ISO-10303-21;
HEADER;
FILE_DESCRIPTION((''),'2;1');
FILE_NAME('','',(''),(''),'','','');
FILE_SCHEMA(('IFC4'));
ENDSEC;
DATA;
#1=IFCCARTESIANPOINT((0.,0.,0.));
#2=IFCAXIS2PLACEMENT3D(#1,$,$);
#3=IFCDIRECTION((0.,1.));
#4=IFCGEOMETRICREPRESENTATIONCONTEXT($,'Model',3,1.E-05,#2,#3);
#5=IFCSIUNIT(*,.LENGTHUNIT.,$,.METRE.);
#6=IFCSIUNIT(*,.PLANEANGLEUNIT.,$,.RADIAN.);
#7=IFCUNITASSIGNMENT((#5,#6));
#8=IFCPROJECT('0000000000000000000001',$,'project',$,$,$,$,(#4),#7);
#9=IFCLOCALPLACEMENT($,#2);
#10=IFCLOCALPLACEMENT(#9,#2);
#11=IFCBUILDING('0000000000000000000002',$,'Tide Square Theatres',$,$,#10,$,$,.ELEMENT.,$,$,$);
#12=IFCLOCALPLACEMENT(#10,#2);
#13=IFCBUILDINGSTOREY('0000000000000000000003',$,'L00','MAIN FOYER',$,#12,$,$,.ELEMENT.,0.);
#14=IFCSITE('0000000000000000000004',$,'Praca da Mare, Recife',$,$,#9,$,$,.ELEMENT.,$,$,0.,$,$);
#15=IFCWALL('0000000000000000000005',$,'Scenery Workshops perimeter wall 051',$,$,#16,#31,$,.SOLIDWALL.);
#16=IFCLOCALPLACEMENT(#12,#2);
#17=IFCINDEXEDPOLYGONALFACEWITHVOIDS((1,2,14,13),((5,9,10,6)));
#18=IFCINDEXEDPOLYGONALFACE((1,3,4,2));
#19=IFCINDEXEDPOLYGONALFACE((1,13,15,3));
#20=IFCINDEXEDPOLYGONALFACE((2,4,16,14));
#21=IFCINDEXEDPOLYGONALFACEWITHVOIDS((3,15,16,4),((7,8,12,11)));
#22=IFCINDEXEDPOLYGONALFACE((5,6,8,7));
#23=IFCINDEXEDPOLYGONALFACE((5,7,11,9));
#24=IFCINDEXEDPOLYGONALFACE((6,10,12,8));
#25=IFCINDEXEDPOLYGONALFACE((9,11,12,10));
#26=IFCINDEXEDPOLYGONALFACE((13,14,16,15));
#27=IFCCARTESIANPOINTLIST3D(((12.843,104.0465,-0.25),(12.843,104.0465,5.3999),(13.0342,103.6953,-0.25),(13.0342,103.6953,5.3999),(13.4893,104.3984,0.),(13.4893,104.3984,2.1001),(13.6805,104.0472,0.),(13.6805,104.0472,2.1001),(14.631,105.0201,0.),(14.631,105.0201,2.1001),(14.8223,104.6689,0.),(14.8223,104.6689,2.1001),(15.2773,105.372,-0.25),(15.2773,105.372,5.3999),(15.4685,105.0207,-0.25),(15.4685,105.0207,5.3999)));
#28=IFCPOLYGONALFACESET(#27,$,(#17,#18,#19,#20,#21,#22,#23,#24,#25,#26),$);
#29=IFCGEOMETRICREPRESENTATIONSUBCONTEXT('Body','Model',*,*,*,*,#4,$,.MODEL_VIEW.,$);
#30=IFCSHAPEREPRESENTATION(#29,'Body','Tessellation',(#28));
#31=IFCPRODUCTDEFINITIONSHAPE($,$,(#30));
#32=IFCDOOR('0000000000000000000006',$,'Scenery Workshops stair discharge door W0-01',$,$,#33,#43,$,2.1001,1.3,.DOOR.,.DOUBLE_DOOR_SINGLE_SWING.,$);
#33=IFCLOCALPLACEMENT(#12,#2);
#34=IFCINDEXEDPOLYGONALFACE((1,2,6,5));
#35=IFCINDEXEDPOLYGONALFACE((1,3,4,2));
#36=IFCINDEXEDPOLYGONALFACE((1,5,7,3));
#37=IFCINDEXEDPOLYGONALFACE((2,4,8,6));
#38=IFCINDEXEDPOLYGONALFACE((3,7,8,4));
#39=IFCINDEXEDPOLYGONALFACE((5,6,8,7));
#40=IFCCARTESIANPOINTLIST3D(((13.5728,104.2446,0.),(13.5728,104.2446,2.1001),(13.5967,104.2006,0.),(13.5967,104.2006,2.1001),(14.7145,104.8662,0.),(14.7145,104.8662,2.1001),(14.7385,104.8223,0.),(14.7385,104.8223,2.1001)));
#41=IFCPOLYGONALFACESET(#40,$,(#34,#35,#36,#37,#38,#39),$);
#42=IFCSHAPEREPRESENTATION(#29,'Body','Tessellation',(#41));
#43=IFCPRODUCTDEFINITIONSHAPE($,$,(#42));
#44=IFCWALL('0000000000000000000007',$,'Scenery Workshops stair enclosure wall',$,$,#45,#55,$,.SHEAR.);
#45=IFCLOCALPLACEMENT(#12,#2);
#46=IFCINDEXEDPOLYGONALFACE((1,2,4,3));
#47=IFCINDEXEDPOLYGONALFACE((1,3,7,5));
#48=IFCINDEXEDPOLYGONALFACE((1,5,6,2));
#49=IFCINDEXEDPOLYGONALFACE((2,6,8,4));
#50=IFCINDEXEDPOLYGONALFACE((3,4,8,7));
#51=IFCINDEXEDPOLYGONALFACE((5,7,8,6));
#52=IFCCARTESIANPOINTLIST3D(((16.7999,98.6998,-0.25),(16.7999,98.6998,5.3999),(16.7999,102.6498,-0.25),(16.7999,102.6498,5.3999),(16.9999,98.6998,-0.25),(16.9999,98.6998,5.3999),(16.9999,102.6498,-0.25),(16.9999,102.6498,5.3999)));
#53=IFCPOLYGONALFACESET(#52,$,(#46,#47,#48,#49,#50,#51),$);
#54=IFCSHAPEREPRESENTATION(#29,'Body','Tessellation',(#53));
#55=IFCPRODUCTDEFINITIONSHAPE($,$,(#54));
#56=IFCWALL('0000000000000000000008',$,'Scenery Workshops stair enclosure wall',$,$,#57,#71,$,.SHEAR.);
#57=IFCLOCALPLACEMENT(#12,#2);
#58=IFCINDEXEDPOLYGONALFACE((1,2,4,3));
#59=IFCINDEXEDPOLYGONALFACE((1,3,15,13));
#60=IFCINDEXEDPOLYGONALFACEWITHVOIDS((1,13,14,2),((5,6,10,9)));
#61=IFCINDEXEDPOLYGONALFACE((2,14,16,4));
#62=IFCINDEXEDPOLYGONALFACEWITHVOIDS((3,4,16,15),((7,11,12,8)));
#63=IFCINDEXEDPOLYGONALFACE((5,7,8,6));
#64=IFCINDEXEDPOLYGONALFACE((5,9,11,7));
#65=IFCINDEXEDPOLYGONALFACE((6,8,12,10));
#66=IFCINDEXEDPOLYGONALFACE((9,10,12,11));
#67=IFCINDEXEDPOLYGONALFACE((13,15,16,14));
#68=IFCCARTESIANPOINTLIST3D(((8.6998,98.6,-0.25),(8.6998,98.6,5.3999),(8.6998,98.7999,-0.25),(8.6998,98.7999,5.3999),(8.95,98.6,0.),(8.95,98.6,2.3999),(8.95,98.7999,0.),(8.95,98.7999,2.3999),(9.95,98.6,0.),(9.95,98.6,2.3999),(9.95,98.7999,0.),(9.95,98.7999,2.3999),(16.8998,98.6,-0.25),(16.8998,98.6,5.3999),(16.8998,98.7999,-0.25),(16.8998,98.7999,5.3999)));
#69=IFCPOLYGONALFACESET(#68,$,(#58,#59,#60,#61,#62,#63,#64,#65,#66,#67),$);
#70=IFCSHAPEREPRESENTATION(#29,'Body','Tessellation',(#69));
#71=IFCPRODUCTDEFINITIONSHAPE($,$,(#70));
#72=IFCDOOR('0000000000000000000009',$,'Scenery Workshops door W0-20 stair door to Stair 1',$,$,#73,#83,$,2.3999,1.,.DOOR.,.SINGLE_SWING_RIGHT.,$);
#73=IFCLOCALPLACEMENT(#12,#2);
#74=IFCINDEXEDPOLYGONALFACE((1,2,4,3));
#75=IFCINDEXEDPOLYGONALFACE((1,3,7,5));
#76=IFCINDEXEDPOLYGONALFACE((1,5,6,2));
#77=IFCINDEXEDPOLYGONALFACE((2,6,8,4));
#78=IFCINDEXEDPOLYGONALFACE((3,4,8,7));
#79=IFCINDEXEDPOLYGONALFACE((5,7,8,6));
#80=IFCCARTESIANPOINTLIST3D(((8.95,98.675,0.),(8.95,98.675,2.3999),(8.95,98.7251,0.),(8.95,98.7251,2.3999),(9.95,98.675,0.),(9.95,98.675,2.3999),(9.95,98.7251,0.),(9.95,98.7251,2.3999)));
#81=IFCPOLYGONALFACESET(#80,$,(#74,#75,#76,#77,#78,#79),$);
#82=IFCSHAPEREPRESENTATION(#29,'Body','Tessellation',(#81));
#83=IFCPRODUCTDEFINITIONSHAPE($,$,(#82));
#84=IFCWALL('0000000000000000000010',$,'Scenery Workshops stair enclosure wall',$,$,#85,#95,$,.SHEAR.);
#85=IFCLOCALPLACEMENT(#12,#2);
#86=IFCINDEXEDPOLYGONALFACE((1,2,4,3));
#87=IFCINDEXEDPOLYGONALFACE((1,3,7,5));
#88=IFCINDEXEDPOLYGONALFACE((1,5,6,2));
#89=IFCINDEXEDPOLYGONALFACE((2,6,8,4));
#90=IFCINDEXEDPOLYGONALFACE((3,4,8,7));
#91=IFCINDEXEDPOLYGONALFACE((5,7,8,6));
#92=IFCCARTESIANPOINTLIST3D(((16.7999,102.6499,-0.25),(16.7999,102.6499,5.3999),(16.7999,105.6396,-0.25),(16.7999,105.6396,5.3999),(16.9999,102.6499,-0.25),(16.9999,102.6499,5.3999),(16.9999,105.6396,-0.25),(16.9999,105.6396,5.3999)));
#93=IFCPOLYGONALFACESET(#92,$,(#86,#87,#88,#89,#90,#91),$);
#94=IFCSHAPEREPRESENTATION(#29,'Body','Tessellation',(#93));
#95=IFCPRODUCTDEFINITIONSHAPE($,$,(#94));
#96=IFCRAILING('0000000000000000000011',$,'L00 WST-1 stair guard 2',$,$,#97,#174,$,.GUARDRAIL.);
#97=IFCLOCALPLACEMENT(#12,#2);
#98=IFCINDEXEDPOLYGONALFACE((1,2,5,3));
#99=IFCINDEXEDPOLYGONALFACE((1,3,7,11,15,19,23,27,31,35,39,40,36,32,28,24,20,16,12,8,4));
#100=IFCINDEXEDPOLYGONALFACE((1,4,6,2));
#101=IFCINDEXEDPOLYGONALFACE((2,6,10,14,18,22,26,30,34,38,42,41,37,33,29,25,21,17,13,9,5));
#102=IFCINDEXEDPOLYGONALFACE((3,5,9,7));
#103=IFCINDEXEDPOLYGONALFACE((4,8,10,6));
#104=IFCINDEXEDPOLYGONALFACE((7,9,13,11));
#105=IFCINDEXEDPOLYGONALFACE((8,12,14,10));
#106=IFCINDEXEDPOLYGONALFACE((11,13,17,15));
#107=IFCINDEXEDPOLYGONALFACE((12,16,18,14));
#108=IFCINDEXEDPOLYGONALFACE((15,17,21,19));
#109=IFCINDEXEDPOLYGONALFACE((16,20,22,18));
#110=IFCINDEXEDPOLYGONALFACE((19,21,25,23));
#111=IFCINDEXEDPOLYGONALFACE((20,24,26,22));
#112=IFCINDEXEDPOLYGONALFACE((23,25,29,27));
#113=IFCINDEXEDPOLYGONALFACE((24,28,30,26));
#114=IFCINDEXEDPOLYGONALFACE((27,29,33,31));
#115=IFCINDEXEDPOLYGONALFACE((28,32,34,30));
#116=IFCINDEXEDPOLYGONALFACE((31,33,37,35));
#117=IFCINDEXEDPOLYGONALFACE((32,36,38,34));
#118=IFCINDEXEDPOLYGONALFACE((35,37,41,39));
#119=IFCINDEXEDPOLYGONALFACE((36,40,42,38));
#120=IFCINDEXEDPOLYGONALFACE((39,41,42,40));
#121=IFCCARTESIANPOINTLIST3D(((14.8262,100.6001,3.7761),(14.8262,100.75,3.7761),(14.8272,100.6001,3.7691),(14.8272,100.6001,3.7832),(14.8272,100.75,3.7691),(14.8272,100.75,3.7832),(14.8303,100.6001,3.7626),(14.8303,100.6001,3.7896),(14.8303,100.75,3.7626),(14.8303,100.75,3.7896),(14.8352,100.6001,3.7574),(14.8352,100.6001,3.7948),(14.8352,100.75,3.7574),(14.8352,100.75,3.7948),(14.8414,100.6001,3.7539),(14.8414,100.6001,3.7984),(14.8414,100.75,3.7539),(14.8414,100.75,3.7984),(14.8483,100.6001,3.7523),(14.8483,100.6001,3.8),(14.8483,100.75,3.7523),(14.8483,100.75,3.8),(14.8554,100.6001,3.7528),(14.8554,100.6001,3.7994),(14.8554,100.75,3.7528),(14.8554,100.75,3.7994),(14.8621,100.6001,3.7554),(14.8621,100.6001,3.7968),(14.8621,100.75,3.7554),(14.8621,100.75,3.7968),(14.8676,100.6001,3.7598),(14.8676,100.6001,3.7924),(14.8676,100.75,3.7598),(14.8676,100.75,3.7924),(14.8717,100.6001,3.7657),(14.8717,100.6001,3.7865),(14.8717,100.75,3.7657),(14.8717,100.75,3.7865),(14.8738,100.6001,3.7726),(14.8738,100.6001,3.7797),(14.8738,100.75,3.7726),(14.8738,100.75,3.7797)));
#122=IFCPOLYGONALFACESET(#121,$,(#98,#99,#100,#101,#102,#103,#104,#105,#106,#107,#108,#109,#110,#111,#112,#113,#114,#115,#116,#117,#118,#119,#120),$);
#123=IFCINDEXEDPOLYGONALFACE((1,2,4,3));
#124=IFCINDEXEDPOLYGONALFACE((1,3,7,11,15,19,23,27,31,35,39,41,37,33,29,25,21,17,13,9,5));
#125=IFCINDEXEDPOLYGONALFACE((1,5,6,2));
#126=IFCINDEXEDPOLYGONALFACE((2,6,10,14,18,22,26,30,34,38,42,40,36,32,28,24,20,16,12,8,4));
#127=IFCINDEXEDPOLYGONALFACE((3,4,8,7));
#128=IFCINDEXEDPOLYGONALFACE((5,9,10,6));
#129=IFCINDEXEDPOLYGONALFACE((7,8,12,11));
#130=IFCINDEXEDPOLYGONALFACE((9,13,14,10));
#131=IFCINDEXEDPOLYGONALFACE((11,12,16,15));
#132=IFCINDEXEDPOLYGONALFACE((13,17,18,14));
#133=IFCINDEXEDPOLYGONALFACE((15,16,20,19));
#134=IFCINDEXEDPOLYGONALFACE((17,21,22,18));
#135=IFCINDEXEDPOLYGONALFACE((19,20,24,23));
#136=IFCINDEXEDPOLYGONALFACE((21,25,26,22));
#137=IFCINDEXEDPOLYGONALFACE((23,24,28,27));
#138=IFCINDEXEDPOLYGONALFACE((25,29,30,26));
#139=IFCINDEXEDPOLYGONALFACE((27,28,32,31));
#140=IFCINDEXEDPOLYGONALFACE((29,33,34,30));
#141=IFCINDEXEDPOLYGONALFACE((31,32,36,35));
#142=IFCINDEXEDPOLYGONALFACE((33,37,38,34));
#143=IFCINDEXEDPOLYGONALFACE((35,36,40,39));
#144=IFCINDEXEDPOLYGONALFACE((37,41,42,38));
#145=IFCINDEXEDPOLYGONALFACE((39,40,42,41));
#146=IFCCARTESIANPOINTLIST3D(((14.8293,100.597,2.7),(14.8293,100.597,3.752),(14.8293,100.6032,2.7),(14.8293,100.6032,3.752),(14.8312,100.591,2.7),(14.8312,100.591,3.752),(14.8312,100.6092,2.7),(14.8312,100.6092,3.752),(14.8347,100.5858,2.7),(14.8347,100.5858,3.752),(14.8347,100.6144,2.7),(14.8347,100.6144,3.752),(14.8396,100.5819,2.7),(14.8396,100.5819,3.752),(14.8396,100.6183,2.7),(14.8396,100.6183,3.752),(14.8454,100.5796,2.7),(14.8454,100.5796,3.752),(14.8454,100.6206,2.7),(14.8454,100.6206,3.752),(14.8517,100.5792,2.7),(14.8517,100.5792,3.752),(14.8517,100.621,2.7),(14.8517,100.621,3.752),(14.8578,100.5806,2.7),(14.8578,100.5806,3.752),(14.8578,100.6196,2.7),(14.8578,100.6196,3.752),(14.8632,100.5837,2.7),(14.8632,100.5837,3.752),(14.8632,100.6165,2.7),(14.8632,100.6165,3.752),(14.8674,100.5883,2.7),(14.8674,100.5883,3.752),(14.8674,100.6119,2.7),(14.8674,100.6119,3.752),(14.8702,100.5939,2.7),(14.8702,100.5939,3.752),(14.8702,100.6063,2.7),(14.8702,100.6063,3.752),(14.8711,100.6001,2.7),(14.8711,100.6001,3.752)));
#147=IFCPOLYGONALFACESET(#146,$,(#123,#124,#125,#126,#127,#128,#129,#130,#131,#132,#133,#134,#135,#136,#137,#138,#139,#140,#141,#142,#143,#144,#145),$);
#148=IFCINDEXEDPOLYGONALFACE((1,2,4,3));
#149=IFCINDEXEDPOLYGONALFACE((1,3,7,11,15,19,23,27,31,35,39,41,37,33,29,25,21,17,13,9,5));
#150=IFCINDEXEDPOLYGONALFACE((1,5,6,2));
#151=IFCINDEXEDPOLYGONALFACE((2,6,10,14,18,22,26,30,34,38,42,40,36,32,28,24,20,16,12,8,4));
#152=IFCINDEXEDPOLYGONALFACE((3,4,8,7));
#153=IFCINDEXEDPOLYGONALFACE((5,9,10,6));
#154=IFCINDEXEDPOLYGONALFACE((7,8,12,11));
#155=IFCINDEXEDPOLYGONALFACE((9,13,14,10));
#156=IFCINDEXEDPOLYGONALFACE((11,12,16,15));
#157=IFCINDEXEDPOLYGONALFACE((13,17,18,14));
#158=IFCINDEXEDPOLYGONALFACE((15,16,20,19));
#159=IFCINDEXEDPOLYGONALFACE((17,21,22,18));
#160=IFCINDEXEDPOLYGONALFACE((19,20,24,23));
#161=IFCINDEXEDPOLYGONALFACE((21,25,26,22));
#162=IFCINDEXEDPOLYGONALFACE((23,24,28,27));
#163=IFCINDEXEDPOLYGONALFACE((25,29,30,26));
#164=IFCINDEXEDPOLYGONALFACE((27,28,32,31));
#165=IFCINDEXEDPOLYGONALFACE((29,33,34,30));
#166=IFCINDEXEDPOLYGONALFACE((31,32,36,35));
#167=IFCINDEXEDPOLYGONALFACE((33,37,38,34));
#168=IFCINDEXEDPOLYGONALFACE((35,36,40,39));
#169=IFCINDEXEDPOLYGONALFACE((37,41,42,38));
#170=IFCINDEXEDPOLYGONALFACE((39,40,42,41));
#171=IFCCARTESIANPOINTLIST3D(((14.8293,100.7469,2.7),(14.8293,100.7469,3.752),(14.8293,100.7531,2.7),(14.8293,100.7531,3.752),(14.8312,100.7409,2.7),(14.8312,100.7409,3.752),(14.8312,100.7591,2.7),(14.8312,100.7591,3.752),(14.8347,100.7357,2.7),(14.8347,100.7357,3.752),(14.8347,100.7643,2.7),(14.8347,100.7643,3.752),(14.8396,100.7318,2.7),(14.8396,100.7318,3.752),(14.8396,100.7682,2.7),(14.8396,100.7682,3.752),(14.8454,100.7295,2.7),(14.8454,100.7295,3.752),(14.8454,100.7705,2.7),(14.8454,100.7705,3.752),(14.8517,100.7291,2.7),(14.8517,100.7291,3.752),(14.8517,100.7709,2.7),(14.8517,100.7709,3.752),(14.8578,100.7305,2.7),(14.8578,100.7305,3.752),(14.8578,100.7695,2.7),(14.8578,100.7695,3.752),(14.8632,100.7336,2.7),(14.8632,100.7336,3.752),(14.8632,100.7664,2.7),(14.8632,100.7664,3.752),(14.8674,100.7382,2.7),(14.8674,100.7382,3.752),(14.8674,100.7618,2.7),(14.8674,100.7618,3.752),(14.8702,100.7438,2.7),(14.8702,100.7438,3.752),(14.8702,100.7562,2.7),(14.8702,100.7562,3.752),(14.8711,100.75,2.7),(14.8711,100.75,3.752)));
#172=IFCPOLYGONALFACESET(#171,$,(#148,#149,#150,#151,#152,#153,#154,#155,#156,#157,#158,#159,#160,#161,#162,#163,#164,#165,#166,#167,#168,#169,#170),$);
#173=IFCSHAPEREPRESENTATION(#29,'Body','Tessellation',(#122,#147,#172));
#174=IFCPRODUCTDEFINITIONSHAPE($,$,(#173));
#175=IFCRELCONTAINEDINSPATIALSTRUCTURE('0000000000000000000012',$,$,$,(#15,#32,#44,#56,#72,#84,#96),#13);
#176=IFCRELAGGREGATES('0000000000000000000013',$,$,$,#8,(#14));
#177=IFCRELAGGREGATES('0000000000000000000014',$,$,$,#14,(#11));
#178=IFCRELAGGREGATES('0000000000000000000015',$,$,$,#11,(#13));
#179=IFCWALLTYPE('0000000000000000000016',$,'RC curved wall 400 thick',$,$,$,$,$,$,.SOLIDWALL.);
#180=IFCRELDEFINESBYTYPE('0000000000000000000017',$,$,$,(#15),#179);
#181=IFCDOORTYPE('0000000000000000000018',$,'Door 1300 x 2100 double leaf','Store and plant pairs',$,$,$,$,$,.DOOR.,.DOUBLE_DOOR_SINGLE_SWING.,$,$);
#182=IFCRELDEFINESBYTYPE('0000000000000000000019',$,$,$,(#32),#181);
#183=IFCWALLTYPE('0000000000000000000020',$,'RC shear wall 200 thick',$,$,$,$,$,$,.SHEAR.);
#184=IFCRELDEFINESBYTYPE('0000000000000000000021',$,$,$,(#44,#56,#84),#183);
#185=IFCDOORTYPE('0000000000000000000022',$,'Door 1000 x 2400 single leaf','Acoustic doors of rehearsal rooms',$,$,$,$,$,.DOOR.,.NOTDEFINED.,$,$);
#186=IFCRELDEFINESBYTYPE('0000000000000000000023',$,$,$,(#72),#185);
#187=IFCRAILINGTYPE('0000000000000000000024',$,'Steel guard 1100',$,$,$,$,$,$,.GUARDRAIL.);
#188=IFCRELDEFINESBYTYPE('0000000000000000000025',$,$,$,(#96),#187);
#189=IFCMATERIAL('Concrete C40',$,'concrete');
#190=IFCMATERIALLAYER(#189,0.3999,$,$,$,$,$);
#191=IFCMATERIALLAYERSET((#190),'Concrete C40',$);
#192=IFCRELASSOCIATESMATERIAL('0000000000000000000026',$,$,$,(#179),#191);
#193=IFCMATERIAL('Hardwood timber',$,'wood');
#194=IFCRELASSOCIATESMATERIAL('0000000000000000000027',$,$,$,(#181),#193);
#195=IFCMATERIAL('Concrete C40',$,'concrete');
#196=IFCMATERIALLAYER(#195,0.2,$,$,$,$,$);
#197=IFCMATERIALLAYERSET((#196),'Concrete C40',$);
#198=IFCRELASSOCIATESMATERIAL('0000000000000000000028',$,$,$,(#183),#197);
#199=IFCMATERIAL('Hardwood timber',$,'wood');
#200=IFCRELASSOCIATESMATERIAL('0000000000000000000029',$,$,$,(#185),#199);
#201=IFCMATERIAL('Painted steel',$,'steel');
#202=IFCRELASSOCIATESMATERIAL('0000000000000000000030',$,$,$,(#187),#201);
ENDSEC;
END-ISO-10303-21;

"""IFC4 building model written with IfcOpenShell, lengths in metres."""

from ifc_helpers import new_model, si_unit, direction, frame, frame_2d, origin, origin_2d, place, context, subcontext, project, spatial, rectangle, circle, extrude, material, layer, layer_set, type_object, element, fill, save


model = new_model("IFC4")

# Units and contexts
model_context = context("Model", 3, precision=1e-05, world=origin(), true_north=direction((0.0, 1.0)))
body_context = subcontext(model_context, "Body", "Model", "MODEL_VIEW")
ifc_project = project(units=[si_unit("LENGTHUNIT", "METRE"), si_unit("PLANEANGLEUNIT", "RADIAN")], contexts=[model_context])

# Site, building, storey
site_placement = place(None, origin())
site = spatial("IfcSite", under=ifc_project, at=site_placement, Name="Praca da Mare, Recife", CompositionType="ELEMENT", RefElevation=0.0)
building_placement = place(site_placement, origin())
building = spatial("IfcBuilding", under=site, at=building_placement, Name="Tide Square Theatres", CompositionType="ELEMENT")
storey_placement = place(building_placement, origin())
storey = spatial("IfcBuildingStorey", under=building, at=storey_placement, Name="L00", Description="MAIN FOYER", CompositionType="ELEMENT", Elevation=0.0)

# Shared definitions
ifc_material_1 = material(Name="Concrete C40", Category="concrete")
ifc_layer_1 = layer(ifc_material_1, 0.3999)
ifc_layer_set_1 = layer_set([ifc_layer_1], Name="Concrete C40")
wall_type_1 = type_object("IfcWallType", Name="RC curved wall 400 thick", PredefinedType="SOLIDWALL", material=ifc_layer_set_1)

# Wall, opening, door
ifc_material_2 = material(Name="Hardwood timber", Category="wood")
door_type_1 = type_object("IfcDoorType", Name="Door 1300 x 2100 double leaf", Description="Store and plant pairs", OperationType="DOUBLE_DOOR_SINGLE_SWING", PredefinedType="DOOR", material=ifc_material_2)
wall_1_placement = place(storey_placement, frame((15.3728, 105.1963, -0.25), z_axis=(0.0, 0.0, 1.0), x_axis=(-0.878256, -0.478192, 0.0)))
wall_1 = element("IfcWall", 1, at=wall_1_placement, inside=storey, type_object=wall_type_1, Name="Scenery Workshops perimeter wall 051", PredefinedType="SOLIDWALL", context=body_context, shape_type="SweptSolid", body=[
    extrude(rectangle(XDim=2.7717, YDim=0.3999, at=frame_2d((1.3857, 0.0))), origin(), (0.0, 0.0, 1.0), 5.6499),
])
opening_1_placement = place(wall_1_placement, frame((0.7358, 0.0, 0.25)))
opening_1 = element("IfcOpeningElement", 2, at=opening_1_placement, cuts=wall_1, PredefinedType="OPENING", context=body_context, shape_type="SweptSolid", body=[
    extrude(rectangle(XDim=1.3, YDim=2.1001, at=frame_2d((0.6499, 1.05))), frame((0.0, 0.21, 0.0), z_axis=(0.0, -1.0, 0.0), x_axis=(1.0, 0.0, 0.0)), (0.0, 0.0, 1.0), 0.4199),
])
door_1_placement = place(opening_1_placement, frame((1.3, 0.0, 0.0), z_axis=(0.0, 0.0, 1.0), x_axis=(-1.0, 0.0, 0.0)))
door_1 = element("IfcDoor", 3, at=door_1_placement, inside=storey, type_object=door_type_1, Name="Scenery Workshops stair discharge door W0-01", OperationType="DOUBLE_DOOR_SINGLE_SWING", OverallHeight=2.1001, OverallWidth=1.3, PredefinedType="DOOR", context=body_context, shape_type="SweptSolid", body=[
    extrude(rectangle(XDim=1.3, YDim=2.1001, at=frame_2d((0.6499, 1.05))), frame((0.0, 0.0249, 0.0), z_axis=(0.0, -1.0, 0.0), x_axis=(1.0, 0.0, 0.0)), (0.0, 0.0, 1.0), 0.05),
])
fill(opening_1, door_1)

# Wall
ifc_material_3 = material(Name="Concrete C40", Category="concrete")
ifc_layer_2 = layer(ifc_material_3, 0.2)
ifc_layer_set_2 = layer_set([ifc_layer_2], Name="Concrete C40")
wall_type_2 = type_object("IfcWallType", Name="RC shear wall 200 thick", PredefinedType="SHEAR", material=ifc_layer_set_2)
wall_2_placement = place(storey_placement, frame((16.8999, 102.6499, -0.25), z_axis=(0.0, 0.0, 1.0), x_axis=(0.0, -1.0, 0.0)))
element("IfcWall", 4, at=wall_2_placement, inside=storey, type_object=wall_type_2, Name="Scenery Workshops stair enclosure wall", PredefinedType="SHEAR", context=body_context, shape_type="SweptSolid", body=[
    extrude(rectangle(XDim=3.95, YDim=0.2, at=frame_2d((1.9751, 0.0))), origin(), (0.0, 0.0, 1.0), 5.6499),
])

# Wall, opening, door
wall_3_placement = place(storey_placement, frame((16.8999, 98.7, -0.25), z_axis=(0.0, 0.0, 1.0), x_axis=(-1.0, 0.0, 0.0)))
wall_3 = element("IfcWall", 5, at=wall_3_placement, inside=storey, type_object=wall_type_2, Name="Scenery Workshops stair enclosure wall", PredefinedType="SHEAR", context=body_context, shape_type="SweptSolid", body=[
    extrude(rectangle(XDim=8.2, YDim=0.2, at=frame_2d((4.1001, 0.0))), origin(), (0.0, 0.0, 1.0), 5.6499),
])
opening_2_placement = place(wall_3_placement, frame((6.95, 0.0, 0.25)))
opening_2 = element("IfcOpeningElement", 6, at=opening_2_placement, cuts=wall_3, PredefinedType="OPENING", context=body_context, shape_type="SweptSolid", body=[
    extrude(rectangle(XDim=1.0, YDim=2.3999, at=frame_2d((0.5, 1.2))), frame((0.0, 0.1099, 0.0), z_axis=(0.0, -1.0, 0.0), x_axis=(1.0, 0.0, 0.0)), (0.0, 0.0, 1.0), 0.22),
])
ifc_material_4 = material(Name="Hardwood timber", Category="wood")
door_type_2 = type_object("IfcDoorType", Name="Door 1000 x 2400 single leaf", Description="Acoustic doors of rehearsal rooms", OperationType="NOTDEFINED", PredefinedType="DOOR", material=ifc_material_4)
door_2_placement = place(opening_2_placement, origin())
door_2 = element("IfcDoor", 7, at=door_2_placement, inside=storey, type_object=door_type_2, Name="Scenery Workshops door W0-20 stair door to Stair 1", OperationType="SINGLE_SWING_RIGHT", OverallHeight=2.3999, OverallWidth=1.0, PredefinedType="DOOR", context=body_context, shape_type="SweptSolid", body=[
    extrude(rectangle(XDim=1.0, YDim=2.3999, at=frame_2d((0.5, 1.2))), frame((0.0, 0.0249, 0.0), z_axis=(0.0, -1.0, 0.0), x_axis=(1.0, 0.0, 0.0)), (0.0, 0.0, 1.0), 0.05),
])
fill(opening_2, door_2)

# Wall
wall_4_placement = place(storey_placement, frame((16.8999, 105.6396, -0.25), z_axis=(0.0, 0.0, 1.0), x_axis=(0.0, -1.0, 0.0)))
element("IfcWall", 8, at=wall_4_placement, inside=storey, type_object=wall_type_2, Name="Scenery Workshops stair enclosure wall", PredefinedType="SHEAR", context=body_context, shape_type="SweptSolid", body=[
    extrude(rectangle(XDim=2.9897, YDim=0.2, at=frame_2d((1.4949, 0.0))), origin(), (0.0, 0.0, 1.0), 5.6499),
])

# Railing
ifc_material_5 = material(Name="Painted steel", Category="steel")
railing_type_1 = type_object("IfcRailingType", Name="Steel guard 1100", PredefinedType="GUARDRAIL", material=ifc_material_5)
railing_1_placement = place(storey_placement, frame((14.8501, 100.6001, 2.7)))
element("IfcRailing", 9, at=railing_1_placement, inside=storey, type_object=railing_type_1, Name="L00 WST-1 stair guard 2", PredefinedType="GUARDRAIL", context=body_context, shape_type="SweptSolid", body=[
    extrude(circle(Radius=0.0239, at=origin_2d()), frame((0.0, 0.0, 1.0762), z_axis=(0.0, 1.0, 0.0), x_axis=(-1.0, 0.0, 0.0)), (0.0, 0.0, 1.0), 0.1499),
    extrude(circle(Radius=0.021, at=origin_2d()), origin(), (0.0, 0.0, 1.0), 1.052),
    extrude(circle(Radius=0.021, at=origin_2d()), frame((0.0, 0.1499, 0.0)), (0.0, 0.0, 1.0), 1.052),
])

save(model, "model.ifc")
